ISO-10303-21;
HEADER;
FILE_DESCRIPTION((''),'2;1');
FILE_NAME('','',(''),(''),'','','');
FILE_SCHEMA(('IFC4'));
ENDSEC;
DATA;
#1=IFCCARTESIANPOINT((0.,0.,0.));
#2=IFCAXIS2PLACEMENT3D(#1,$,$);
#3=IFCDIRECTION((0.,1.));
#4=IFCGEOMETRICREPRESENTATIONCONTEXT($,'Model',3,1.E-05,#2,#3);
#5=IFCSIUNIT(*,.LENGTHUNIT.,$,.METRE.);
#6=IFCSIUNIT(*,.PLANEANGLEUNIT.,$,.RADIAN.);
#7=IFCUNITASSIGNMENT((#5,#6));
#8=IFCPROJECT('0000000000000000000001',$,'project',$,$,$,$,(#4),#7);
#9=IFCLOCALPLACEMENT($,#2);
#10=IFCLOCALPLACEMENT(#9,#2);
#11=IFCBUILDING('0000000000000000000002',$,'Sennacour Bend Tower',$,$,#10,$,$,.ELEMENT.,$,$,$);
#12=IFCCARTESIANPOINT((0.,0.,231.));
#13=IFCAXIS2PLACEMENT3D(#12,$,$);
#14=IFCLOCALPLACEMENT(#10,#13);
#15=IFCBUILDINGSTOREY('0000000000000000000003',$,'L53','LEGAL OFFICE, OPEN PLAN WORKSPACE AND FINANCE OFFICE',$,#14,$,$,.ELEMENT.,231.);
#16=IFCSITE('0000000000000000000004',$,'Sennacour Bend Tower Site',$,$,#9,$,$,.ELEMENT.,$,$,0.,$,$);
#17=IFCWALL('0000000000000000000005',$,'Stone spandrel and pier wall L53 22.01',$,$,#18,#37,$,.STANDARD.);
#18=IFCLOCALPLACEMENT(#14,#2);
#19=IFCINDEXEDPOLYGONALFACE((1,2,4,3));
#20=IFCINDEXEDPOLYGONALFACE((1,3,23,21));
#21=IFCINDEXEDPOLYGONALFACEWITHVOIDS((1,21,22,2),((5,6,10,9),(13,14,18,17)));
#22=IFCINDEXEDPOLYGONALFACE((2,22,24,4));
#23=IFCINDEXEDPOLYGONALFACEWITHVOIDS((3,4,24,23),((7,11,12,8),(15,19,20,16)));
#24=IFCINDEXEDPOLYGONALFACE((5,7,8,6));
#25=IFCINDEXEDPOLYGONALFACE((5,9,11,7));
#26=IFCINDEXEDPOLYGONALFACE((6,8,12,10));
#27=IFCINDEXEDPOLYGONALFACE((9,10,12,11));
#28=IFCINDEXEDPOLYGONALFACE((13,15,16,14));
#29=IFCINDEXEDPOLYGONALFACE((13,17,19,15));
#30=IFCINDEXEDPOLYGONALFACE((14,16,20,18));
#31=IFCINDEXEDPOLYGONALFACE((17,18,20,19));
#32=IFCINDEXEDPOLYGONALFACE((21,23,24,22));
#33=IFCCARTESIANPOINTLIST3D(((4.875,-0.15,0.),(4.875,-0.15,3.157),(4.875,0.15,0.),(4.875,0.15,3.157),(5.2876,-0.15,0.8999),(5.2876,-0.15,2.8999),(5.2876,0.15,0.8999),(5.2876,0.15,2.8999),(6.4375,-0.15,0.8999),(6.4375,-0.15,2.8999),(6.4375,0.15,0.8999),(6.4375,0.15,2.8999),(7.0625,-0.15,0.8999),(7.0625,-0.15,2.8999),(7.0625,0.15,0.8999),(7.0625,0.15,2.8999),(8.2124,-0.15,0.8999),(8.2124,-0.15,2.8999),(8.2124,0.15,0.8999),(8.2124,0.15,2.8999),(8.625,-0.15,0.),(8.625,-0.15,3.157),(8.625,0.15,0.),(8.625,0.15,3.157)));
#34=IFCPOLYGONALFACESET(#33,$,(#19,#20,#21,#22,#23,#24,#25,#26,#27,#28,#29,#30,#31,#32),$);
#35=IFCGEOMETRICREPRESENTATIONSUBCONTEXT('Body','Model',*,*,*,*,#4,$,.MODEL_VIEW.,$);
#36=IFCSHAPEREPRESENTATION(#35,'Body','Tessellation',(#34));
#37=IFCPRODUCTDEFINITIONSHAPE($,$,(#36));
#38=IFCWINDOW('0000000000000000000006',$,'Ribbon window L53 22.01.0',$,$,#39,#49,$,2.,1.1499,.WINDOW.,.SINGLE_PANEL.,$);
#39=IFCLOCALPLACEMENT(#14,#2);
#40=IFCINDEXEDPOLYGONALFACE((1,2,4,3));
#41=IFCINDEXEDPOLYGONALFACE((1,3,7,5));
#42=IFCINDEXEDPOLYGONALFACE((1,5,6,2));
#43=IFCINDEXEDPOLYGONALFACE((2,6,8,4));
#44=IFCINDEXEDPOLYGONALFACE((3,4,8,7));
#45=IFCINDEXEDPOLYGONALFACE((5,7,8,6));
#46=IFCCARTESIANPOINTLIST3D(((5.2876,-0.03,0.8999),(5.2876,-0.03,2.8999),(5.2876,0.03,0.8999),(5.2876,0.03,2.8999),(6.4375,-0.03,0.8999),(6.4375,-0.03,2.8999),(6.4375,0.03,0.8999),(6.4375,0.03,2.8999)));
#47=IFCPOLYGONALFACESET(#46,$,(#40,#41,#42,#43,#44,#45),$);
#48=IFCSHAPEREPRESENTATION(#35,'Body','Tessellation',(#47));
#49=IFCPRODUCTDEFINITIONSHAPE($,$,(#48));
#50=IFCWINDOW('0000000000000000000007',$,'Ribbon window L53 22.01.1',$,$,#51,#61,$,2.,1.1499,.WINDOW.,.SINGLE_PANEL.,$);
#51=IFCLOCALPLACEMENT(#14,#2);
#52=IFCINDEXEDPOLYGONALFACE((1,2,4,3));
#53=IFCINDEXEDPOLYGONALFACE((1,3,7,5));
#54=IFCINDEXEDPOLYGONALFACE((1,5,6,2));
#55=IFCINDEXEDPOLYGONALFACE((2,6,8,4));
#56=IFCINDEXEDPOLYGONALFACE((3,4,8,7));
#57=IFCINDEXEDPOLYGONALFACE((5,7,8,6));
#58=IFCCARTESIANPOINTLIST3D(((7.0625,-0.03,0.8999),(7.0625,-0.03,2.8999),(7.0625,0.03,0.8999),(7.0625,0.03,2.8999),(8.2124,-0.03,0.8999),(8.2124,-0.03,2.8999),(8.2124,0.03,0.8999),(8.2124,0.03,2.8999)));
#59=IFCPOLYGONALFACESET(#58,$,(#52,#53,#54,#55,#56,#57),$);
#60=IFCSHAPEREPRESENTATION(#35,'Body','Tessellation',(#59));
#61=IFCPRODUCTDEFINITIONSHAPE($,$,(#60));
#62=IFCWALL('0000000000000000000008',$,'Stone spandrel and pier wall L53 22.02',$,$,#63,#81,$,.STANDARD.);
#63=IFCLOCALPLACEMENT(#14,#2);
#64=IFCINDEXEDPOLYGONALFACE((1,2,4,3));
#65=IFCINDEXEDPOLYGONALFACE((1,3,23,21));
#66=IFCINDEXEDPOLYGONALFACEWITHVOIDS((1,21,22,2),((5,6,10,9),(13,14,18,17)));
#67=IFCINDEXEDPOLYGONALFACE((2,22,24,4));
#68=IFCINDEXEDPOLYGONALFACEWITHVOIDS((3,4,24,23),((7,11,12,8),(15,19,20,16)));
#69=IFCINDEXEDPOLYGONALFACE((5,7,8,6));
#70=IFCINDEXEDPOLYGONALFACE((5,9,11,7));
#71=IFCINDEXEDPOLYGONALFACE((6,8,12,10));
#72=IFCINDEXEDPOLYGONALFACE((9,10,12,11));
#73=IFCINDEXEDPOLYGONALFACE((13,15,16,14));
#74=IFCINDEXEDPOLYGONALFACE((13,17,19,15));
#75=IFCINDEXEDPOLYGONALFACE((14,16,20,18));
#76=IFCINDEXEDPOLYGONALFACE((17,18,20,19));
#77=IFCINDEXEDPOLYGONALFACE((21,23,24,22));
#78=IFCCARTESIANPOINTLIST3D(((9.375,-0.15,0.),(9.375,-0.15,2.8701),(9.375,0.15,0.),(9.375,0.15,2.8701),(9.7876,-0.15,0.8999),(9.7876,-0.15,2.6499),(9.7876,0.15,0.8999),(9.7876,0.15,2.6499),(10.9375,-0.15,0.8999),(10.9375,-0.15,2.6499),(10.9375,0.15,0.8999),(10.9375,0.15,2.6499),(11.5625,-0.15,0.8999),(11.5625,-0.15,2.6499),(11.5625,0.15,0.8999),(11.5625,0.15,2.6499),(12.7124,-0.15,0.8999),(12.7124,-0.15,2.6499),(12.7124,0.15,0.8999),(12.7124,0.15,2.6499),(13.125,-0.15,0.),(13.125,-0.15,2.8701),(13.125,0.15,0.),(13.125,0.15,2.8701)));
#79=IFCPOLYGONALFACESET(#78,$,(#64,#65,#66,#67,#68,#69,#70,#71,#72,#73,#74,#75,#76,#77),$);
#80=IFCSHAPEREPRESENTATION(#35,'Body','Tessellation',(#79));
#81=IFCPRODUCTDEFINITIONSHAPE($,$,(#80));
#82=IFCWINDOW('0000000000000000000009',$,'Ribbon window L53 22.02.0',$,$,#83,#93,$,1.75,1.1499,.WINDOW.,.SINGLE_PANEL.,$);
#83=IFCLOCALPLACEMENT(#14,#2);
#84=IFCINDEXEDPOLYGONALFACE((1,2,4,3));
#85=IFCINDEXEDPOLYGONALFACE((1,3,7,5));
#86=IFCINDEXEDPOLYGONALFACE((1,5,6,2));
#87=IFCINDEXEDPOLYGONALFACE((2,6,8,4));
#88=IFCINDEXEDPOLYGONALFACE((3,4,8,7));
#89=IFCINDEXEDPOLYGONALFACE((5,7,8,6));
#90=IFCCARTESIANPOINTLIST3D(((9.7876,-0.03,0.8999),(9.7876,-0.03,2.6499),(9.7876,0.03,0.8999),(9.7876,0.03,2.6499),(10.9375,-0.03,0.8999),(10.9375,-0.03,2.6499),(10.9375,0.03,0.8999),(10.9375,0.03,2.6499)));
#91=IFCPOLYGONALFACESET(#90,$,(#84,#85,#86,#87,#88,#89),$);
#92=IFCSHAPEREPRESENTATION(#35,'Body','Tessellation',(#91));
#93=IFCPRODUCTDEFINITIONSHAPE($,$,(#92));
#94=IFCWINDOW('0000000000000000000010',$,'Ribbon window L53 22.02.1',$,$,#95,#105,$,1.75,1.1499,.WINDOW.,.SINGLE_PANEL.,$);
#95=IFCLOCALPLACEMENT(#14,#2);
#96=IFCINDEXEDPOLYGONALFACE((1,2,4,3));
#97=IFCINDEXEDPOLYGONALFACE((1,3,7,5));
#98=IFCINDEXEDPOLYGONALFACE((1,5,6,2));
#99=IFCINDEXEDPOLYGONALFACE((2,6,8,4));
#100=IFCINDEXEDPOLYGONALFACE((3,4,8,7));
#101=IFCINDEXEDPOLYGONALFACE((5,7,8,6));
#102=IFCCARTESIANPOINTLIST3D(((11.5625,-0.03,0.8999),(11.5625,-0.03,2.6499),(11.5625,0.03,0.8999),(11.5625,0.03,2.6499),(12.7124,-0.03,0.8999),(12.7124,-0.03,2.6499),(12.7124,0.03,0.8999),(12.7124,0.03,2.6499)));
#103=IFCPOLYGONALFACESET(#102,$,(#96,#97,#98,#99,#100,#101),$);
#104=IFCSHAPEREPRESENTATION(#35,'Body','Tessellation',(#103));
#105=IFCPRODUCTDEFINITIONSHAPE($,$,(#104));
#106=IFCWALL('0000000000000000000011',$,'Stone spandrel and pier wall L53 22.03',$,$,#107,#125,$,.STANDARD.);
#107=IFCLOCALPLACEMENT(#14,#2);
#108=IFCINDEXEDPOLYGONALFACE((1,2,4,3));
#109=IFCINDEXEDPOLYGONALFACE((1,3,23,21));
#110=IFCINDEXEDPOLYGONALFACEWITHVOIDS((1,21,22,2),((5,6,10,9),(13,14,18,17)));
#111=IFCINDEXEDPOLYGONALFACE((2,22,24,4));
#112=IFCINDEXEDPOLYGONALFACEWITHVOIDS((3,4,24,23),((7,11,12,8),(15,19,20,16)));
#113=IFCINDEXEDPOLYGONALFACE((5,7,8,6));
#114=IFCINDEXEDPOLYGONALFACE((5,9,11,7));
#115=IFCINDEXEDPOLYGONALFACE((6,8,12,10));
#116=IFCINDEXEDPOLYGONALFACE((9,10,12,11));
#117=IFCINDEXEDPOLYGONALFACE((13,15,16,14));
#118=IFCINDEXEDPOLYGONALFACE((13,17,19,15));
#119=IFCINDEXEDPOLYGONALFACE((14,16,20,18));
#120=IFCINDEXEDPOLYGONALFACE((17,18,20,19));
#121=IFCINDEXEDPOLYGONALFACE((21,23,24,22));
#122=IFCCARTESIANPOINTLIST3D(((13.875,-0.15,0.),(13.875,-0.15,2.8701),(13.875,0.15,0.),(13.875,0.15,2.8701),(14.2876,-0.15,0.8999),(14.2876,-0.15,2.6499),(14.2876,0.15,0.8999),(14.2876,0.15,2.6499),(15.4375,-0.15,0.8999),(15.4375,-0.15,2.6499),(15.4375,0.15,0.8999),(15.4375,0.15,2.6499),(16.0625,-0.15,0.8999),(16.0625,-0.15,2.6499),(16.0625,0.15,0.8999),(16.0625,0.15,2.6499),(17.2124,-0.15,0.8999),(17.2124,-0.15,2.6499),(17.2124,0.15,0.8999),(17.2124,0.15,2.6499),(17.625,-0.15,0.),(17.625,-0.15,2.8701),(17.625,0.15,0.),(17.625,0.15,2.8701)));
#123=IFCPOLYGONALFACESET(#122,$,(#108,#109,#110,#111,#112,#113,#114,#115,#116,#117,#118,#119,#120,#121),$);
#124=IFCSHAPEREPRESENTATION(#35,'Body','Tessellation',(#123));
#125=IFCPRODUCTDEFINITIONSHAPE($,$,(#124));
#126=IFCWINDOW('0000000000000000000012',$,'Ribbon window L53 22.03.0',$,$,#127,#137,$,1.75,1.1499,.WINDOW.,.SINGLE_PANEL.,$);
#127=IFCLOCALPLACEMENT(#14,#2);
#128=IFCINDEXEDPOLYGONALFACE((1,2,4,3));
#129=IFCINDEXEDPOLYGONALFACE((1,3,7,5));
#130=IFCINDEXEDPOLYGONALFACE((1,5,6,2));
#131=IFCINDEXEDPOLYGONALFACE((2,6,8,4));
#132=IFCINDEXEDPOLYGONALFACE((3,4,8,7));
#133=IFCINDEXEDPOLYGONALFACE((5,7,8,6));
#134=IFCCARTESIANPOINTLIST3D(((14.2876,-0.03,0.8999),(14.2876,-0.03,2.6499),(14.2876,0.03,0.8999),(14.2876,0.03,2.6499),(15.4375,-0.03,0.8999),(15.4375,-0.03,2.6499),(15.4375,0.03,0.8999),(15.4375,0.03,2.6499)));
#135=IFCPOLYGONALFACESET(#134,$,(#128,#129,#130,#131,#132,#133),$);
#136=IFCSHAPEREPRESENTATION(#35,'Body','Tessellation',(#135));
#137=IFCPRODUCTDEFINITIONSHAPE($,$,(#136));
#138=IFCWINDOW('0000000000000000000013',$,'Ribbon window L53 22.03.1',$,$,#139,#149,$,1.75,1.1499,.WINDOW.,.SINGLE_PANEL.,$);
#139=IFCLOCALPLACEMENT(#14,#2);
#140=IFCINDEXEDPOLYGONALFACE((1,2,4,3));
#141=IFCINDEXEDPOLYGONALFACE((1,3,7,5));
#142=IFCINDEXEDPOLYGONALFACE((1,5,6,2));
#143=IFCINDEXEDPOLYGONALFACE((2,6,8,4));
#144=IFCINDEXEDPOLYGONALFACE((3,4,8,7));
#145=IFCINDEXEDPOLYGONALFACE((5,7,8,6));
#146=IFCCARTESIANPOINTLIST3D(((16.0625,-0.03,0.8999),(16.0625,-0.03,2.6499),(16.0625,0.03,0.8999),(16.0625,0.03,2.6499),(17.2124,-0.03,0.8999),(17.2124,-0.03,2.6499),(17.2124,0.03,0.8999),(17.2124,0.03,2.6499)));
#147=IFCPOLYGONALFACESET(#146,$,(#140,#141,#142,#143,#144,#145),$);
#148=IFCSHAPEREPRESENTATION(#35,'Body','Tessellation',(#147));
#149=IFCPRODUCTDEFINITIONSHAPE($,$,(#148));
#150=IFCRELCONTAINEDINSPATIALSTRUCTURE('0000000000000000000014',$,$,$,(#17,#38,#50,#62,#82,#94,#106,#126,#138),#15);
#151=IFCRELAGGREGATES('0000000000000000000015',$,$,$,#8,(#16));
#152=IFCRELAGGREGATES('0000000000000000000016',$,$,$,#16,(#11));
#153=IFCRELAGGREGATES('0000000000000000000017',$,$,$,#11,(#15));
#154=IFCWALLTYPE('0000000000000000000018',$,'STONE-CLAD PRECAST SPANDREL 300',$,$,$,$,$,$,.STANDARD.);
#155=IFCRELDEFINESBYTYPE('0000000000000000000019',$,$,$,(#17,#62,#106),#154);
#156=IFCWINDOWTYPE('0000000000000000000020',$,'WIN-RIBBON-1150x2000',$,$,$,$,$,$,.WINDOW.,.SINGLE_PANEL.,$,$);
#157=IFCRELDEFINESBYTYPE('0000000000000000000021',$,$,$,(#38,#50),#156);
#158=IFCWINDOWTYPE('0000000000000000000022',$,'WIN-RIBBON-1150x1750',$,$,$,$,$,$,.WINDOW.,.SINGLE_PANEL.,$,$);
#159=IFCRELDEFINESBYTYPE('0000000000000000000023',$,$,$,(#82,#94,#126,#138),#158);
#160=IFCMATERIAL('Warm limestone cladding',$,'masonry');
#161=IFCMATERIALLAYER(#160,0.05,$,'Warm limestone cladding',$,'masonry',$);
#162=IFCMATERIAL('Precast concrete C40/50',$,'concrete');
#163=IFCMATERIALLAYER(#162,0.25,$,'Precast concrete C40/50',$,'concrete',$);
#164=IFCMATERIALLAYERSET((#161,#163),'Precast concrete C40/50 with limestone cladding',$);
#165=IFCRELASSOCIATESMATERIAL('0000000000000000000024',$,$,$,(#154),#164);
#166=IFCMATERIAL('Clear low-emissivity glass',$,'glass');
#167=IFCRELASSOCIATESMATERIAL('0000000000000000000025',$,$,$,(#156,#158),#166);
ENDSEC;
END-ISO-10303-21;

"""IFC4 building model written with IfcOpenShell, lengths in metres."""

from ifc_helpers import new_model, si_unit, direction, frame, frame_2d, origin, place, context, subcontext, project, spatial, rectangle, extrude, material, layer, layer_set, type_object, element, fill, save


model = new_model("IFC4")

# Units and contexts
model_context = context("Model", 3, precision=1e-05, world=origin(), true_north=direction((0.0, 1.0)))
body_context = subcontext(model_context, "Body", "Model", "MODEL_VIEW")
ifc_project = project(units=[si_unit("LENGTHUNIT", "METRE"), si_unit("PLANEANGLEUNIT", "RADIAN")], contexts=[model_context])

# Site, building, storey
site_placement = place(None, origin())
site = spatial("IfcSite", under=ifc_project, at=site_placement, Name="Sennacour Bend Tower Site", CompositionType="ELEMENT", RefElevation=0.0)
building_placement = place(site_placement, origin())
building = spatial("IfcBuilding", under=site, at=building_placement, Name="Sennacour Bend Tower", CompositionType="ELEMENT")
storey_placement = place(building_placement, frame((0.0, 0.0, 231.0)))
storey = spatial("IfcBuildingStorey", under=building, at=storey_placement, Name="L53", Description="LEGAL OFFICE, OPEN PLAN WORKSPACE AND FINANCE OFFICE", CompositionType="ELEMENT", Elevation=231.0)

# Walls, openings, windows
ifc_material_1 = material(Name="Warm limestone cladding", Category="masonry")
ifc_layer_1 = layer(ifc_material_1, 0.05, Name="Warm limestone cladding", Category="masonry")
ifc_material_2 = material(Name="Precast concrete C40/50", Category="concrete")
ifc_layer_2 = layer(ifc_material_2, 0.25, Name="Precast concrete C40/50", Category="concrete")
ifc_layer_set_1 = layer_set([ifc_layer_1, ifc_layer_2], Name="Precast concrete C40/50 with limestone cladding")
wall_type_1 = type_object("IfcWallType", Name="STONE-CLAD PRECAST SPANDREL 300", PredefinedType="STANDARD", material=ifc_layer_set_1)
wall_1_placement = place(storey_placement, frame((4.875, 0.0, 0.0), z_axis=(0.0, 0.0, 1.0), x_axis=(1.0, 0.0, 0.0)))
wall_1 = element("IfcWall", 1, at=wall_1_placement, inside=storey, type_object=wall_type_1, Name="Stone spandrel and pier wall L53 22.01", PredefinedType="STANDARD", context=body_context, shape_type="SweptSolid", body=[
    extrude(rectangle(XDim=3.75, YDim=0.3, at=frame_2d((1.875, 0.0))), origin(), (0.0, 0.0, 1.0), 3.157),
])
opening_1_placement = place(wall_1_placement, frame((0.4126, 0.0, 0.8999)))
opening_1 = element("IfcOpeningElement", 2, at=opening_1_placement, cuts=wall_1, PredefinedType="OPENING", context=body_context, shape_type="SweptSolid", body=[
    extrude(rectangle(XDim=1.1499, YDim=2.0, at=frame_2d((0.575, 1.0))), frame((0.0, 0.1602, 0.0), z_axis=(0.0, -1.0, 0.0), x_axis=(1.0, 0.0, 0.0)), (0.0, 0.0, 1.0), 0.3201),
])
opening_2_placement = place(wall_1_placement, frame((2.1875, 0.0, 0.8999)))
opening_2 = element("IfcOpeningElement", 3, at=opening_2_placement, cuts=wall_1, PredefinedType="OPENING", context=body_context, shape_type="SweptSolid", body=[
    extrude(rectangle(XDim=1.1499, YDim=2.0, at=frame_2d((0.575, 1.0))), frame((0.0, 0.1602, 0.0), z_axis=(0.0, -1.0, 0.0), x_axis=(1.0, 0.0, 0.0)), (0.0, 0.0, 1.0), 0.3201),
])
ifc_material_3 = material(Name="Clear low-emissivity glass", Category="glass")
window_type_1 = type_object("IfcWindowType", Name="WIN-RIBBON-1150x2000", PartitioningType="SINGLE_PANEL", PredefinedType="WINDOW", material=ifc_material_3)
window_1_placement = place(opening_1_placement, origin())
window_1 = element("IfcWindow", 4, at=window_1_placement, inside=storey, type_object=window_type_1, Name="Ribbon window L53 22.01.0", OverallHeight=2.0, OverallWidth=1.1499, PartitioningType="SINGLE_PANEL", PredefinedType="WINDOW", context=body_context, shape_type="SweptSolid", body=[
    extrude(rectangle(XDim=1.1499, YDim=2.0, at=frame_2d((0.575, 1.0))), frame((0.0, 0.03, 0.0), z_axis=(0.0, -1.0, 0.0), x_axis=(1.0, 0.0, 0.0)), (0.0, 0.0, 1.0), 0.0601),
])
fill(opening_1, window_1)
window_2_placement = place(opening_2_placement, origin())
window_2 = element("IfcWindow", 5, at=window_2_placement, inside=storey, type_object=window_type_1, Name="Ribbon window L53 22.01.1", OverallHeight=2.0, OverallWidth=1.1499, PartitioningType="SINGLE_PANEL", PredefinedType="WINDOW", context=body_context, shape_type="SweptSolid", body=[
    extrude(rectangle(XDim=1.1499, YDim=2.0, at=frame_2d((0.575, 1.0))), frame((0.0, 0.03, 0.0), z_axis=(0.0, -1.0, 0.0), x_axis=(1.0, 0.0, 0.0)), (0.0, 0.0, 1.0), 0.0601),
])
fill(opening_2, window_2)
wall_2_placement = place(storey_placement, frame((9.375, 0.0, 0.0), z_axis=(0.0, 0.0, 1.0), x_axis=(1.0, 0.0, 0.0)))
wall_2 = element("IfcWall", 6, at=wall_2_placement, inside=storey, type_object=wall_type_1, Name="Stone spandrel and pier wall L53 22.02", PredefinedType="STANDARD", context=body_context, shape_type="SweptSolid", body=[
    extrude(rectangle(XDim=3.75, YDim=0.3, at=frame_2d((1.875, 0.0))), origin(), (0.0, 0.0, 1.0), 2.8701),
])
opening_3_placement = place(wall_2_placement, frame((0.4126, 0.0, 0.8999)))
opening_3 = element("IfcOpeningElement", 7, at=opening_3_placement, cuts=wall_2, PredefinedType="OPENING", context=body_context, shape_type="SweptSolid", body=[
    extrude(rectangle(XDim=1.1499, YDim=1.75, at=frame_2d((0.575, 0.875))), frame((0.0, 0.1602, 0.0), z_axis=(0.0, -1.0, 0.0), x_axis=(1.0, 0.0, 0.0)), (0.0, 0.0, 1.0), 0.3201),
])
opening_4_placement = place(wall_2_placement, frame((2.1875, 0.0, 0.8999)))
opening_4 = element("IfcOpeningElement", 8, at=opening_4_placement, cuts=wall_2, PredefinedType="OPENING", context=body_context, shape_type="SweptSolid", body=[
    extrude(rectangle(XDim=1.1499, YDim=1.75, at=frame_2d((0.575, 0.875))), frame((0.0, 0.1602, 0.0), z_axis=(0.0, -1.0, 0.0), x_axis=(1.0, 0.0, 0.0)), (0.0, 0.0, 1.0), 0.3201),
])
window_type_2 = type_object("IfcWindowType", Name="WIN-RIBBON-1150x1750", PartitioningType="SINGLE_PANEL", PredefinedType="WINDOW", material=ifc_material_3)
window_3_placement = place(opening_3_placement, origin())
window_3 = element("IfcWindow", 9, at=window_3_placement, inside=storey, type_object=window_type_2, Name="Ribbon window L53 22.02.0", OverallHeight=1.75, OverallWidth=1.1499, PartitioningType="SINGLE_PANEL", PredefinedType="WINDOW", context=body_context, shape_type="SweptSolid", body=[
    extrude(rectangle(XDim=1.1499, YDim=1.75, at=frame_2d((0.575, 0.875))), frame((0.0, 0.03, 0.0), z_axis=(0.0, -1.0, 0.0), x_axis=(1.0, 0.0, 0.0)), (0.0, 0.0, 1.0), 0.0601),
])
fill(opening_3, window_3)
window_4_placement = place(opening_4_placement, origin())
window_4 = element("IfcWindow", 10, at=window_4_placement, inside=storey, type_object=window_type_2, Name="Ribbon window L53 22.02.1", OverallHeight=1.75, OverallWidth=1.1499, PartitioningType="SINGLE_PANEL", PredefinedType="WINDOW", context=body_context, shape_type="SweptSolid", body=[
    extrude(rectangle(XDim=1.1499, YDim=1.75, at=frame_2d((0.575, 0.875))), frame((0.0, 0.03, 0.0), z_axis=(0.0, -1.0, 0.0), x_axis=(1.0, 0.0, 0.0)), (0.0, 0.0, 1.0), 0.0601),
])
fill(opening_4, window_4)
wall_3_placement = place(storey_placement, frame((13.875, 0.0, 0.0), z_axis=(0.0, 0.0, 1.0), x_axis=(1.0, 0.0, 0.0)))
wall_3 = element("IfcWall", 11, at=wall_3_placement, inside=storey, type_object=wall_type_1, Name="Stone spandrel and pier wall L53 22.03", PredefinedType="STANDARD", context=body_context, shape_type="SweptSolid", body=[
    extrude(rectangle(XDim=3.75, YDim=0.3, at=frame_2d((1.875, 0.0))), origin(), (0.0, 0.0, 1.0), 2.8701),
])
opening_5_placement = place(wall_3_placement, frame((0.4126, 0.0, 0.8999)))
opening_5 = element("IfcOpeningElement", 12, at=opening_5_placement, cuts=wall_3, PredefinedType="OPENING", context=body_context, shape_type="SweptSolid", body=[
    extrude(rectangle(XDim=1.1499, YDim=1.75, at=frame_2d((0.575, 0.875))), frame((0.0, 0.1602, 0.0), z_axis=(0.0, -1.0, 0.0), x_axis=(1.0, 0.0, 0.0)), (0.0, 0.0, 1.0), 0.3201),
])
opening_6_placement = place(wall_3_placement, frame((2.1875, 0.0, 0.8999)))
opening_6 = element("IfcOpeningElement", 13, at=opening_6_placement, cuts=wall_3, PredefinedType="OPENING", context=body_context, shape_type="SweptSolid", body=[
    extrude(rectangle(XDim=1.1499, YDim=1.75, at=frame_2d((0.575, 0.875))), frame((0.0, 0.1602, 0.0), z_axis=(0.0, -1.0, 0.0), x_axis=(1.0, 0.0, 0.0)), (0.0, 0.0, 1.0), 0.3201),
])
window_5_placement = place(opening_5_placement, origin())
window_5 = element("IfcWindow", 14, at=window_5_placement, inside=storey, type_object=window_type_2, Name="Ribbon window L53 22.03.0", OverallHeight=1.75, OverallWidth=1.1499, PartitioningType="SINGLE_PANEL", PredefinedType="WINDOW", context=body_context, shape_type="SweptSolid", body=[
    extrude(rectangle(XDim=1.1499, YDim=1.75, at=frame_2d((0.575, 0.875))), frame((0.0, 0.03, 0.0), z_axis=(0.0, -1.0, 0.0), x_axis=(1.0, 0.0, 0.0)), (0.0, 0.0, 1.0), 0.0601),
])
fill(opening_5, window_5)
window_6_placement = place(opening_6_placement, origin())
window_6 = element("IfcWindow", 15, at=window_6_placement, inside=storey, type_object=window_type_2, Name="Ribbon window L53 22.03.1", OverallHeight=1.75, OverallWidth=1.1499, PartitioningType="SINGLE_PANEL", PredefinedType="WINDOW", context=body_context, shape_type="SweptSolid", body=[
    extrude(rectangle(XDim=1.1499, YDim=1.75, at=frame_2d((0.575, 0.875))), frame((0.0, 0.03, 0.0), z_axis=(0.0, -1.0, 0.0), x_axis=(1.0, 0.0, 0.0)), (0.0, 0.0, 1.0), 0.0601),
])
fill(opening_6, window_6)

save(model, "model.ifc")
